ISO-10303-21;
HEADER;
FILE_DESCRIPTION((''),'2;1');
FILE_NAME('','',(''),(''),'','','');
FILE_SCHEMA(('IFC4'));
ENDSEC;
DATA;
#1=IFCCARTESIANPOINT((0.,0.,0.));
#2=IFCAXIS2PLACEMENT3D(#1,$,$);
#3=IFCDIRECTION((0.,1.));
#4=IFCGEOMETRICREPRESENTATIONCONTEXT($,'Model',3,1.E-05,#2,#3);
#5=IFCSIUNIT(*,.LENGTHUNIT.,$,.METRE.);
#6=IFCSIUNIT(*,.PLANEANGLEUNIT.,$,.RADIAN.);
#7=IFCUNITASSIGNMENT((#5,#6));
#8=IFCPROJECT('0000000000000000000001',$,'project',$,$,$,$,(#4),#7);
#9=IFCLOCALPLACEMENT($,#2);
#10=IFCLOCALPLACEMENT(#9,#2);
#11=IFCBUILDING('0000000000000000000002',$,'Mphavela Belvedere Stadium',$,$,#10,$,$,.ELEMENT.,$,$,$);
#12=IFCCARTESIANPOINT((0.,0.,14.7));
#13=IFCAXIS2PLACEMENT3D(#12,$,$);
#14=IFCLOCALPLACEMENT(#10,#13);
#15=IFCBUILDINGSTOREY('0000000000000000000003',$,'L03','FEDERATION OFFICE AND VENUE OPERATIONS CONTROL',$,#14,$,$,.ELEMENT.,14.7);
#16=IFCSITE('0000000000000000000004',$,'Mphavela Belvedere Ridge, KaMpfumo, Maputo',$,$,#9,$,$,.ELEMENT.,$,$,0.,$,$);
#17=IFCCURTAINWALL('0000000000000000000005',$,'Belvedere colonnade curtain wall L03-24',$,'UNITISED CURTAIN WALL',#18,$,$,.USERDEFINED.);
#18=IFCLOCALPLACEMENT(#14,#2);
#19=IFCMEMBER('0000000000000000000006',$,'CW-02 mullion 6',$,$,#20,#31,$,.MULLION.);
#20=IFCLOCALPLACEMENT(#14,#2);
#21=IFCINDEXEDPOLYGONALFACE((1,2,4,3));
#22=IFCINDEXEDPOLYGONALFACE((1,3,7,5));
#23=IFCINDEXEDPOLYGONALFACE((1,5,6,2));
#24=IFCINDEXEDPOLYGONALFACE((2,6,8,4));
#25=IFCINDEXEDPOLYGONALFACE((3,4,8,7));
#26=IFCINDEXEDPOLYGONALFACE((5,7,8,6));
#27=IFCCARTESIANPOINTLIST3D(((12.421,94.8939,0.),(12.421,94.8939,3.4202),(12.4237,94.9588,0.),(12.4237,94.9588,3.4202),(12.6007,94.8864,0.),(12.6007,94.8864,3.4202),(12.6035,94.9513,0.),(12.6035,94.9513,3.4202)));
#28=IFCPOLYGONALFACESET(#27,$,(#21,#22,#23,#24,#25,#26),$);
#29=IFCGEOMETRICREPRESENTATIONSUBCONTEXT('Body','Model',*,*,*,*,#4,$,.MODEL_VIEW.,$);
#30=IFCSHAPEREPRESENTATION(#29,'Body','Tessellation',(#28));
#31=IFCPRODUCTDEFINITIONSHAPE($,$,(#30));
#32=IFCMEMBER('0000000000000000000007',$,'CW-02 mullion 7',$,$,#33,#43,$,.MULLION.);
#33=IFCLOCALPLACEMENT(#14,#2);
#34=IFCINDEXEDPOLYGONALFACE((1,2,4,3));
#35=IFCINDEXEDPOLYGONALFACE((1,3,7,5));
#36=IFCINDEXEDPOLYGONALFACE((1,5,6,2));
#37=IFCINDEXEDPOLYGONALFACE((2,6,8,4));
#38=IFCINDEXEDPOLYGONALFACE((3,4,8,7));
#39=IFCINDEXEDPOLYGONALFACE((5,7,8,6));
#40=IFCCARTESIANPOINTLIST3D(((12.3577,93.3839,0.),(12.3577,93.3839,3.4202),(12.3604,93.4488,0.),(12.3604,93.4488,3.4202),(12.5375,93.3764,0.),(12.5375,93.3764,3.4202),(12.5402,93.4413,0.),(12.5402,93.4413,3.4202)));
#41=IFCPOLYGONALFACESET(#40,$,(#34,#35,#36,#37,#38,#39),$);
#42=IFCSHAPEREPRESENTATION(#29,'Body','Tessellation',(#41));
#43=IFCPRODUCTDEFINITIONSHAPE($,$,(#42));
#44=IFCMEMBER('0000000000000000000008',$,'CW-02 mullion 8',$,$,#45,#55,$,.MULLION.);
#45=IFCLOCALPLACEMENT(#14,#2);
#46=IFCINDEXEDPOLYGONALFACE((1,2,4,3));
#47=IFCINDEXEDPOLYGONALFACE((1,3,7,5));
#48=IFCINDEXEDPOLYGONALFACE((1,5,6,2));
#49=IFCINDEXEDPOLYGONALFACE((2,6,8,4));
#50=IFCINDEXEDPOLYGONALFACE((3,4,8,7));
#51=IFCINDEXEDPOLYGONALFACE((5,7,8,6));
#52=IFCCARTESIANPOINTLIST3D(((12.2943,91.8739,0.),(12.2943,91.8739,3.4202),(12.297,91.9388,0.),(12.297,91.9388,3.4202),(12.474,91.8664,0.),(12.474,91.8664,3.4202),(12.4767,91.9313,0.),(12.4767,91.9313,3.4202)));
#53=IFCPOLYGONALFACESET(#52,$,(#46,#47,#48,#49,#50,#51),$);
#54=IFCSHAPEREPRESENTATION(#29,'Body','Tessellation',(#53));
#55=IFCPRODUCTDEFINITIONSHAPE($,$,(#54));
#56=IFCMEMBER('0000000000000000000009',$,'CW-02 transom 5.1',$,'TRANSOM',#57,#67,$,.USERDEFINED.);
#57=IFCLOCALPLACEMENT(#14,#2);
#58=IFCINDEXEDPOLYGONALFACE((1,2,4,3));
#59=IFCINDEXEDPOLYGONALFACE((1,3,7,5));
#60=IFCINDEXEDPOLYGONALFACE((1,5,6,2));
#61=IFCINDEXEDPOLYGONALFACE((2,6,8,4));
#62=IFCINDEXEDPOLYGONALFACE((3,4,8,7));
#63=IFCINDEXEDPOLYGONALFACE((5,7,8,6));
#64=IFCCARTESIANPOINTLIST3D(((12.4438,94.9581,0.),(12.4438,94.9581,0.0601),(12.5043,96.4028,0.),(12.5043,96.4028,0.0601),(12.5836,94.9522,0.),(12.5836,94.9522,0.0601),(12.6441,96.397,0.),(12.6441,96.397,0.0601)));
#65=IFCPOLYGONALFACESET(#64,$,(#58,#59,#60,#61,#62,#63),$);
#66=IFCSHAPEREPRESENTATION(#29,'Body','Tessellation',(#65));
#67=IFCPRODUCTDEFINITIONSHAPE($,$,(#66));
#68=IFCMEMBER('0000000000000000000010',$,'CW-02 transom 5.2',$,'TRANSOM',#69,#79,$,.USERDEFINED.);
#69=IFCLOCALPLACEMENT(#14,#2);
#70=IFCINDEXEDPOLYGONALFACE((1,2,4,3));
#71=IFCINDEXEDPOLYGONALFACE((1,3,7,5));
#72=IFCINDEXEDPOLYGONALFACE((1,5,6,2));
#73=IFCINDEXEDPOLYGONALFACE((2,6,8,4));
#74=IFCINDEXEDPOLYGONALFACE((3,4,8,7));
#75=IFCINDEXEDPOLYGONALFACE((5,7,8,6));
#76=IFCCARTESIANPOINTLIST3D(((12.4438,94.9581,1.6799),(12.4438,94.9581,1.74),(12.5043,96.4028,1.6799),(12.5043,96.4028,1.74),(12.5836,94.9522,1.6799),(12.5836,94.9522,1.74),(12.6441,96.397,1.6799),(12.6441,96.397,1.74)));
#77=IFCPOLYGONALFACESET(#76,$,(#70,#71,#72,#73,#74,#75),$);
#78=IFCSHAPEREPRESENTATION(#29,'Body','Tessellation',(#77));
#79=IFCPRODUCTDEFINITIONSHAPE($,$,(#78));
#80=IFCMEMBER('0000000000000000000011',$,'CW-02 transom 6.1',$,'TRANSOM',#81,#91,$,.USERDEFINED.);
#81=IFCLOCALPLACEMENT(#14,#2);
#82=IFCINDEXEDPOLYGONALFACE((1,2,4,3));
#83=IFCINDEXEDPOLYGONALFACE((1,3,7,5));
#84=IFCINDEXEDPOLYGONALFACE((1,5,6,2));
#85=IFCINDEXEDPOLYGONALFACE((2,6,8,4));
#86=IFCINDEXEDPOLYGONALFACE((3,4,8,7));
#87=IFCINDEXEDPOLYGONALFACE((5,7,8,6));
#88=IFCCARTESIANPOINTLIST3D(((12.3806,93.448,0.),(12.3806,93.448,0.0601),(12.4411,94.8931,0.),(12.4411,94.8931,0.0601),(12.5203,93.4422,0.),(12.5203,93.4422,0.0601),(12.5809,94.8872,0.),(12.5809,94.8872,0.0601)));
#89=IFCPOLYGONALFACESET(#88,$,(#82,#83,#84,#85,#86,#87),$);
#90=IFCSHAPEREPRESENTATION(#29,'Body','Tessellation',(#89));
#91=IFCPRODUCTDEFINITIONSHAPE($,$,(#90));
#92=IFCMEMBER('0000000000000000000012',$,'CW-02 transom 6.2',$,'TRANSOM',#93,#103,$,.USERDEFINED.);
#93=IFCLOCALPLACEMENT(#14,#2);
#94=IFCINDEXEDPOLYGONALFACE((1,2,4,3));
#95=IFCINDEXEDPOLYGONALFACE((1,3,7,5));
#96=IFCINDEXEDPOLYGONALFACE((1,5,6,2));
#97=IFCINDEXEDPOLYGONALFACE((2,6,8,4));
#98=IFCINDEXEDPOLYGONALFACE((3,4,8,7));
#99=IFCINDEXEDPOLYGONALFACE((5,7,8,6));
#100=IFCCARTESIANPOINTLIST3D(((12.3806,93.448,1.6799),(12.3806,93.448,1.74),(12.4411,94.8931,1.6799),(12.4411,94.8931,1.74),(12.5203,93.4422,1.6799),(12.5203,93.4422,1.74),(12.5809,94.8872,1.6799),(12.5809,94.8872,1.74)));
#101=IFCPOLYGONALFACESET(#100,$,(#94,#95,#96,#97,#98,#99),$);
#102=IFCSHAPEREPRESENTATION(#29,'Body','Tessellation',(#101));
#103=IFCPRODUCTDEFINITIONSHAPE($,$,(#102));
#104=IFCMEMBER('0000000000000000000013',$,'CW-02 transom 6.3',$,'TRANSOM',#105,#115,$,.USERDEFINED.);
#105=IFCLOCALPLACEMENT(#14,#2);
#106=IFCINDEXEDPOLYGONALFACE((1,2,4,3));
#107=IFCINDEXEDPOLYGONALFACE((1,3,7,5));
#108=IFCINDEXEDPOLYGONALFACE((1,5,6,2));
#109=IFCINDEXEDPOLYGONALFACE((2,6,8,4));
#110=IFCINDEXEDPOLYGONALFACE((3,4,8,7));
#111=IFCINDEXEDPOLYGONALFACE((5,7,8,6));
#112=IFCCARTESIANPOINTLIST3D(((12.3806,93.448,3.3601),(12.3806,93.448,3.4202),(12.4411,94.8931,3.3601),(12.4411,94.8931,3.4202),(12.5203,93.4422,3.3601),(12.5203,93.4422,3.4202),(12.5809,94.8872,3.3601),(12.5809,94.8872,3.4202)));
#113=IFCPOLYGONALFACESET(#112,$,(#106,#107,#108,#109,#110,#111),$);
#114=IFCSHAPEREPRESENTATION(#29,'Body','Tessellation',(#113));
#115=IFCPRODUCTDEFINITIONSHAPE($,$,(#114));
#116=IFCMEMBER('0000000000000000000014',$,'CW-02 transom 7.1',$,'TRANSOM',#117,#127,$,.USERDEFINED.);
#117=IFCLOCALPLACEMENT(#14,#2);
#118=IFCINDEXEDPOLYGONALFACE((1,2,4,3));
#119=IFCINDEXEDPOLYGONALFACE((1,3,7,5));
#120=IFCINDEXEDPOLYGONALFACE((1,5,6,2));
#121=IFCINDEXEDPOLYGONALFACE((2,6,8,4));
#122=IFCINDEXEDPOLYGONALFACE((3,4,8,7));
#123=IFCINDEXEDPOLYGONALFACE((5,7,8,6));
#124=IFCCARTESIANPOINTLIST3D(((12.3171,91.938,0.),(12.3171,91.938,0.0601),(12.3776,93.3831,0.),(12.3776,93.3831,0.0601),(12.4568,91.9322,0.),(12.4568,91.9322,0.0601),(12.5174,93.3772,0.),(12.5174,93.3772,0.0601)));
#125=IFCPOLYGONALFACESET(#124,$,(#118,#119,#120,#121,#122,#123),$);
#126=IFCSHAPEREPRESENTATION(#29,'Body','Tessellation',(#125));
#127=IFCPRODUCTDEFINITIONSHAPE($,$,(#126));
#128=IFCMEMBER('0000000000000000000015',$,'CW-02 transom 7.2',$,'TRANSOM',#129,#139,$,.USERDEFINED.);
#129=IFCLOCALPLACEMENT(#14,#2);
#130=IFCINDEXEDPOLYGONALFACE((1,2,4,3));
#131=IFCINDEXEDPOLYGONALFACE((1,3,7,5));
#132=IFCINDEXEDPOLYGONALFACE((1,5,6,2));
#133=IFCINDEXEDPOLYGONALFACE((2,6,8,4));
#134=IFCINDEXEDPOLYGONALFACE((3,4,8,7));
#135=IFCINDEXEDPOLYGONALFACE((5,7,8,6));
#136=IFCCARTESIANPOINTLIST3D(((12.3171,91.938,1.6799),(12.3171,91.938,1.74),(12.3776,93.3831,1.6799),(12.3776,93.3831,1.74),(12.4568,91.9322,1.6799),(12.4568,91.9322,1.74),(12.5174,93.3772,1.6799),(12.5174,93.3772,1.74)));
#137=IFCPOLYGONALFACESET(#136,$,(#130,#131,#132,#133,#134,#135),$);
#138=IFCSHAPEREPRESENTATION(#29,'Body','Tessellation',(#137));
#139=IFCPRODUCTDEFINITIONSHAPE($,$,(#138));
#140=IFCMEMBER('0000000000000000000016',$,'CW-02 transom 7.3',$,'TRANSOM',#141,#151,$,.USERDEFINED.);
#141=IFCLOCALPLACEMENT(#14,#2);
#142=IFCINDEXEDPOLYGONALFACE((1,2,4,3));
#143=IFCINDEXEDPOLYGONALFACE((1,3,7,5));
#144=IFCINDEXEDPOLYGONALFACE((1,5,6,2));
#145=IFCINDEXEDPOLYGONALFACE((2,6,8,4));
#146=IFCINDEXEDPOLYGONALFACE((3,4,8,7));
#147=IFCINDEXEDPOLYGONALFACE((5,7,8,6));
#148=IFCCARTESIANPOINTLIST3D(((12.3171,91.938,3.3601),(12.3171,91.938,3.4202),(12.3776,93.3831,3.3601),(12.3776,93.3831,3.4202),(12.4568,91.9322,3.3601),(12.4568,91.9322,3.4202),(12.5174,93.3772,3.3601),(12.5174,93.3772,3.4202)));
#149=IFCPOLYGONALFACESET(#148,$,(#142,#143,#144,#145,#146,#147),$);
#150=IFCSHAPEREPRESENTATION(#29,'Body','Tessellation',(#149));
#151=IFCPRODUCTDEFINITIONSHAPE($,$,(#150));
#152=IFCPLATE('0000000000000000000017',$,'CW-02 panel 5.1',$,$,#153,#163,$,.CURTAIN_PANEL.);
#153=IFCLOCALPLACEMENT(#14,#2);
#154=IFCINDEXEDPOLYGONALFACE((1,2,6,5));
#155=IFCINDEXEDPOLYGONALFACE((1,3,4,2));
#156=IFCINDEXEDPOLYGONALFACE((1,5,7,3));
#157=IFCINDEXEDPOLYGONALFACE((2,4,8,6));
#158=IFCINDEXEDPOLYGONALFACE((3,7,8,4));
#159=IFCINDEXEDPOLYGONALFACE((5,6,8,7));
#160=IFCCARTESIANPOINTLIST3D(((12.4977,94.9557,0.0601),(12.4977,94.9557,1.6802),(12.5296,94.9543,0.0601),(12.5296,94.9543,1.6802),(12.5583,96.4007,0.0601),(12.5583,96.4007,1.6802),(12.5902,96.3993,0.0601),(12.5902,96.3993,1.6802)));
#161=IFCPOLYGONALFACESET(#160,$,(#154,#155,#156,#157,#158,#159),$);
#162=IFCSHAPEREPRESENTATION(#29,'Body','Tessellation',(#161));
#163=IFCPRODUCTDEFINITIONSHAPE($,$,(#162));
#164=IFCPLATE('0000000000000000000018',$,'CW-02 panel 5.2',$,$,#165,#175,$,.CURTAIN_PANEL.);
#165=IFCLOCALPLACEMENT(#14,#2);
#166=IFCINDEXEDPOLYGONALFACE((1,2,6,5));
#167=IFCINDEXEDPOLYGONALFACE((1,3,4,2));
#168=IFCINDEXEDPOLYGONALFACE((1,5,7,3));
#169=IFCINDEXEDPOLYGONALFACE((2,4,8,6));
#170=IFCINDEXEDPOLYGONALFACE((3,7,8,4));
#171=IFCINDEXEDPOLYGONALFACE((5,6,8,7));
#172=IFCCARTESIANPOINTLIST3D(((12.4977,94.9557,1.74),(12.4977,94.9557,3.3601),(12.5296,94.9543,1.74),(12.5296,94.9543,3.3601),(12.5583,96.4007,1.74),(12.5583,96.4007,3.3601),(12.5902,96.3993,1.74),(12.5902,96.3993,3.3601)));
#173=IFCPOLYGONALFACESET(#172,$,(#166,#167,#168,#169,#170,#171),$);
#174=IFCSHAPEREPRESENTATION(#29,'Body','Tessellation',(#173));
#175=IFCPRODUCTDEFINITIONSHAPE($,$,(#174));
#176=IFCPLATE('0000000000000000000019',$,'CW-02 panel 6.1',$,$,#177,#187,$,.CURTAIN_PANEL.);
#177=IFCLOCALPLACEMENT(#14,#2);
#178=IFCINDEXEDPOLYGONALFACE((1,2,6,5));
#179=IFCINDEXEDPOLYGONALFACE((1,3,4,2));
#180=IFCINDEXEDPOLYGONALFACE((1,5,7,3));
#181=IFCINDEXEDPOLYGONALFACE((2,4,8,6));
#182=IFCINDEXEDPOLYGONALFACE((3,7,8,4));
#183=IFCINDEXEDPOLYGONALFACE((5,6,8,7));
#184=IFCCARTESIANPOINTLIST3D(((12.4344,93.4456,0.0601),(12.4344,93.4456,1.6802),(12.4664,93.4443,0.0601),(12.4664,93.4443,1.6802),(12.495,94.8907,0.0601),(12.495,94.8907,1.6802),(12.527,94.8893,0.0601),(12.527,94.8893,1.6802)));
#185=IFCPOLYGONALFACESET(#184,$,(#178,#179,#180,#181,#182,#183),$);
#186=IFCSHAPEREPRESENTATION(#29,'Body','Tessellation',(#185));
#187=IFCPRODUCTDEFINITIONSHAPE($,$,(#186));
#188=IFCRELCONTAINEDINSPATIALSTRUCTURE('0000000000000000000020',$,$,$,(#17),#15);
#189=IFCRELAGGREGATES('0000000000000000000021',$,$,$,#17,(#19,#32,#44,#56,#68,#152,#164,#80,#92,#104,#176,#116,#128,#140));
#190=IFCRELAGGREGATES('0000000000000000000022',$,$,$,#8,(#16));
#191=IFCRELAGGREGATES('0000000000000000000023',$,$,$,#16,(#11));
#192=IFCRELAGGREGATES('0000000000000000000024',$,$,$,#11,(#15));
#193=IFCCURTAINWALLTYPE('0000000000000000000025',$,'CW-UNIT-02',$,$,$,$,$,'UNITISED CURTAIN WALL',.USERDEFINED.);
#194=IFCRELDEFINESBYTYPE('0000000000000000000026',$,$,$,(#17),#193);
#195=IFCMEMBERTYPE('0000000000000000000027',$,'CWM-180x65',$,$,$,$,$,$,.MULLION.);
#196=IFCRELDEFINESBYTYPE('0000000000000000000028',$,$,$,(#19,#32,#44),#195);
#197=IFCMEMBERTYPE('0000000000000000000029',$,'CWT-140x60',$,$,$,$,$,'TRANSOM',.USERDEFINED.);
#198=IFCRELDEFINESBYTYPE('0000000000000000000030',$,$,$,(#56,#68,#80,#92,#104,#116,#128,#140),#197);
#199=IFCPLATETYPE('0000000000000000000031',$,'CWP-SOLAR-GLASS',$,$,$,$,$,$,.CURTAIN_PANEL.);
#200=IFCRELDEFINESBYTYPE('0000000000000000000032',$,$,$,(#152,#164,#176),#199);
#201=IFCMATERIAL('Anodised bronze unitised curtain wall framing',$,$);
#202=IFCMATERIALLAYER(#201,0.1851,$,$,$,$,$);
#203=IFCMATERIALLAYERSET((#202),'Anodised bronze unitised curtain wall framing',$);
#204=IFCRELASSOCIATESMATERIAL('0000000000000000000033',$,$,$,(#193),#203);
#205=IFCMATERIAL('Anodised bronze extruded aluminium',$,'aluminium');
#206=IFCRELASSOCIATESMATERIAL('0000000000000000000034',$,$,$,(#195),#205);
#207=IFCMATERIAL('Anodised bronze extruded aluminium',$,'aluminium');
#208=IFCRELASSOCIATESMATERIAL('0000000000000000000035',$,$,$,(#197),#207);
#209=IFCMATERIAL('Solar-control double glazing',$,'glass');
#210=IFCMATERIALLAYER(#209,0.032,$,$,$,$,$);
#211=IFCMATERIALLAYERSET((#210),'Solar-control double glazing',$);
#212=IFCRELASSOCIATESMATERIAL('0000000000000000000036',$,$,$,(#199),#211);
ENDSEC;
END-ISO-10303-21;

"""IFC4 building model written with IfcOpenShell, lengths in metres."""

from ifc_helpers import new_model, si_unit, direction, frame, origin, origin_2d, place, context, subcontext, project, spatial, rectangle, extrude, material, layer, layer_set, material_profile, profile_set, type_object, element, aggregate, save


model = new_model("IFC4")

# Units and contexts
model_context = context("Model", 3, precision=1e-05, world=origin(), true_north=direction((0.0, 1.0)))
body_context = subcontext(model_context, "Body", "Model", "MODEL_VIEW")
ifc_project = project(units=[si_unit("LENGTHUNIT", "METRE"), si_unit("PLANEANGLEUNIT", "RADIAN")], contexts=[model_context])

# Site, building, storey
site_placement = place(None, origin())
site = spatial("IfcSite", under=ifc_project, at=site_placement, Name="Mphavela Belvedere Ridge, KaMpfumo, Maputo", CompositionType="ELEMENT", RefElevation=0.0)
building_placement = place(site_placement, origin())
building = spatial("IfcBuilding", under=site, at=building_placement, Name="Mphavela Belvedere Stadium", CompositionType="ELEMENT")
storey_placement = place(building_placement, frame((0.0, 0.0, 14.7)))
storey = spatial("IfcBuildingStorey", under=building, at=storey_placement, Name="L03", Description="FEDERATION OFFICE AND VENUE OPERATIONS CONTROL", CompositionType="ELEMENT", Elevation=14.7)

# Curtain wall, members, plates
ifc_material_1 = material(Name="Anodised bronze unitised curtain wall framing")
ifc_layer_1 = layer(ifc_material_1, 0.1851)
ifc_layer_set_1 = layer_set([ifc_layer_1], Name="Anodised bronze unitised curtain wall framing")
curtain_wall_type = type_object("IfcCurtainWallType", Name="CW-UNIT-02", ElementType="UNITISED CURTAIN WALL", PredefinedType="USERDEFINED", material=ifc_layer_set_1)
curtain_wall_placement = place(storey_placement, origin())
curtain_wall = element("IfcCurtainWall", 1, at=curtain_wall_placement, inside=storey, type_object=curtain_wall_type, Name="Belvedere colonnade curtain wall L03-24", ObjectType="UNITISED CURTAIN WALL", PredefinedType="USERDEFINED")
ifc_material_2 = material(Name="Anodised bronze extruded aluminium", Category="aluminium")
ifc_material_profile_1 = material_profile(ifc_material_2, rectangle(XDim=0.1799, YDim=0.0649, at=origin_2d()), Name="CW-MUL 180x65")
ifc_profile_set_1 = profile_set([ifc_material_profile_1], Name="Anodised bronze extruded aluminium")
member_type_1 = type_object("IfcMemberType", Name="CWM-180x65", PredefinedType="MULLION", material=ifc_profile_set_1)
member_1_placement = place(storey_placement, frame((12.5122, 94.9226, 0.0), z_axis=(0.0, 0.0, 1.0), x_axis=(0.999121, -0.041911, 0.0)))
member_1 = element("IfcMember", 2, at=member_1_placement, type_object=member_type_1, Name="CW-02 mullion 6", PredefinedType="MULLION", context=body_context, shape_type="SweptSolid", body=[
    extrude(rectangle(XDim=0.1799, YDim=0.0649, at=origin_2d()), origin(), (0.0, 0.0, 1.0), 3.4202),
])
member_2_placement = place(storey_placement, frame((12.449, 93.4126, 0.0), z_axis=(0.0, 0.0, 1.0), x_axis=(0.999121, -0.041911, 0.0)))
member_2 = element("IfcMember", 3, at=member_2_placement, type_object=member_type_1, Name="CW-02 mullion 7", PredefinedType="MULLION", context=body_context, shape_type="SweptSolid", body=[
    extrude(rectangle(XDim=0.1799, YDim=0.0649, at=origin_2d()), origin(), (0.0, 0.0, 1.0), 3.4202),
])
member_3_placement = place(storey_placement, frame((12.3855, 91.9026, 0.0), z_axis=(0.0, 0.0, 1.0), x_axis=(0.999121, -0.041911, 0.0)))
member_3 = element("IfcMember", 4, at=member_3_placement, type_object=member_type_1, Name="CW-02 mullion 8", PredefinedType="MULLION", context=body_context, shape_type="SweptSolid", body=[
    extrude(rectangle(XDim=0.1799, YDim=0.0649, at=origin_2d()), origin(), (0.0, 0.0, 1.0), 3.4202),
])
ifc_material_3 = material(Name="Anodised bronze extruded aluminium", Category="aluminium")
ifc_material_profile_2 = material_profile(ifc_material_3, rectangle(XDim=0.1399, YDim=0.0601, at=origin_2d()), Name="CW-TRN 140x60")
ifc_profile_set_2 = profile_set([ifc_material_profile_2], Name="Anodised bronze extruded aluminium")
member_type_2 = type_object("IfcMemberType", Name="CWT-140x60", ElementType="TRANSOM", PredefinedType="USERDEFINED", material=ifc_profile_set_2)
member_4_placement = place(storey_placement, frame((12.5742, 96.3999, 0.03), z_axis=(-0.041869, -0.999123, 0.0), x_axis=(0.999123, -0.041869, 0.0)))
member_4 = element("IfcMember", 5, at=member_4_placement, type_object=member_type_2, Name="CW-02 transom 5.1", ObjectType="TRANSOM", PredefinedType="USERDEFINED", context=body_context, shape_type="SweptSolid", body=[
    extrude(rectangle(XDim=0.1399, YDim=0.0601, at=origin_2d()), origin(), (0.0, 0.0, 1.0), 1.446),
])
member_5_placement = place(storey_placement, frame((12.5742, 96.3999, 1.71), z_axis=(-0.041869, -0.999123, 0.0), x_axis=(0.999123, -0.041869, 0.0)))
member_5 = element("IfcMember", 6, at=member_5_placement, type_object=member_type_2, Name="CW-02 transom 5.2", ObjectType="TRANSOM", PredefinedType="USERDEFINED", context=body_context, shape_type="SweptSolid", body=[
    extrude(rectangle(XDim=0.1399, YDim=0.0601, at=origin_2d()), origin(), (0.0, 0.0, 1.0), 1.446),
])
member_6_placement = place(storey_placement, frame((12.511, 94.8901, 0.03), z_axis=(-0.041862, -0.999123, 0.0), x_axis=(0.999123, -0.041862, 0.0)))
member_6 = element("IfcMember", 7, at=member_6_placement, type_object=member_type_2, Name="CW-02 transom 6.1", ObjectType="TRANSOM", PredefinedType="USERDEFINED", context=body_context, shape_type="SweptSolid", body=[
    extrude(rectangle(XDim=0.1399, YDim=0.0601, at=origin_2d()), origin(), (0.0, 0.0, 1.0), 1.4463),
])
member_7_placement = place(storey_placement, frame((12.511, 94.8901, 1.71), z_axis=(-0.041862, -0.999123, 0.0), x_axis=(0.999123, -0.041862, 0.0)))
member_7 = element("IfcMember", 8, at=member_7_placement, type_object=member_type_2, Name="CW-02 transom 6.2", ObjectType="TRANSOM", PredefinedType="USERDEFINED", context=body_context, shape_type="SweptSolid", body=[
    extrude(rectangle(XDim=0.1399, YDim=0.0601, at=origin_2d()), origin(), (0.0, 0.0, 1.0), 1.4463),
])
member_8_placement = place(storey_placement, frame((12.511, 94.8901, 3.3901), z_axis=(-0.041862, -0.999123, 0.0), x_axis=(0.999123, -0.041862, 0.0)))
member_8 = element("IfcMember", 9, at=member_8_placement, type_object=member_type_2, Name="CW-02 transom 6.3", ObjectType="TRANSOM", PredefinedType="USERDEFINED", context=body_context, shape_type="SweptSolid", body=[
    extrude(rectangle(XDim=0.1399, YDim=0.0601, at=origin_2d()), origin(), (0.0, 0.0, 1.0), 1.4463),
])
member_9_placement = place(storey_placement, frame((12.4475, 93.3801, 0.03), z_axis=(-0.041862, -0.999123, 0.0), x_axis=(0.999123, -0.041862, 0.0)))
member_9 = element("IfcMember", 10, at=member_9_placement, type_object=member_type_2, Name="CW-02 transom 7.1", ObjectType="TRANSOM", PredefinedType="USERDEFINED", context=body_context, shape_type="SweptSolid", body=[
    extrude(rectangle(XDim=0.1399, YDim=0.0601, at=origin_2d()), origin(), (0.0, 0.0, 1.0), 1.4463),
])
member_10_placement = place(storey_placement, frame((12.4475, 93.3801, 1.71), z_axis=(-0.041862, -0.999123, 0.0), x_axis=(0.999123, -0.041862, 0.0)))
member_10 = element("IfcMember", 11, at=member_10_placement, type_object=member_type_2, Name="CW-02 transom 7.2", ObjectType="TRANSOM", PredefinedType="USERDEFINED", context=body_context, shape_type="SweptSolid", body=[
    extrude(rectangle(XDim=0.1399, YDim=0.0601, at=origin_2d()), origin(), (0.0, 0.0, 1.0), 1.4463),
])
member_11_placement = place(storey_placement, frame((12.4475, 93.3801, 3.3901), z_axis=(-0.041862, -0.999123, 0.0), x_axis=(0.999123, -0.041862, 0.0)))
member_11 = element("IfcMember", 12, at=member_11_placement, type_object=member_type_2, Name="CW-02 transom 7.3", ObjectType="TRANSOM", PredefinedType="USERDEFINED", context=body_context, shape_type="SweptSolid", body=[
    extrude(rectangle(XDim=0.1399, YDim=0.0601, at=origin_2d()), origin(), (0.0, 0.0, 1.0), 1.4463),
])
ifc_material_4 = material(Name="Solar-control double glazing", Category="glass")
ifc_layer_2 = layer(ifc_material_4, 0.032)
ifc_layer_set_2 = layer_set([ifc_layer_2], Name="Solar-control double glazing")
plate_type = type_object("IfcPlateType", Name="CWP-SOLAR-GLASS", PredefinedType="CURTAIN_PANEL", material=ifc_layer_set_2)
plate_1_placement = place(storey_placement, frame((12.5439, 95.6775, 0.0601), z_axis=(0.0, 0.0, 1.0), x_axis=(-0.041911, -0.999121, 0.0)))
plate_1 = element("IfcPlate", 13, at=plate_1_placement, type_object=plate_type, Name="CW-02 panel 5.1", PredefinedType="CURTAIN_PANEL", context=body_context, shape_type="SweptSolid", body=[
    extrude(rectangle(XDim=1.4463, YDim=0.032, at=origin_2d()), origin(), (0.0, 0.0, 1.0), 1.6201),
])
plate_2_placement = place(storey_placement, frame((12.5439, 95.6775, 1.74), z_axis=(0.0, 0.0, 1.0), x_axis=(-0.041911, -0.999121, 0.0)))
plate_2 = element("IfcPlate", 14, at=plate_2_placement, type_object=plate_type, Name="CW-02 panel 5.2", PredefinedType="CURTAIN_PANEL", context=body_context, shape_type="SweptSolid", body=[
    extrude(rectangle(XDim=1.4463, YDim=0.032, at=origin_2d()), origin(), (0.0, 0.0, 1.0), 1.6201),
])
plate_3_placement = place(storey_placement, frame((12.4807, 94.1675, 0.0601), z_axis=(0.0, 0.0, 1.0), x_axis=(-0.041911, -0.999121, 0.0)))
plate_3 = element("IfcPlate", 15, at=plate_3_placement, type_object=plate_type, Name="CW-02 panel 6.1", PredefinedType="CURTAIN_PANEL", context=body_context, shape_type="SweptSolid", body=[
    extrude(rectangle(XDim=1.4463, YDim=0.032, at=origin_2d()), origin(), (0.0, 0.0, 1.0), 1.6201),
])
aggregate(curtain_wall, [member_1, member_2, member_3, member_4, member_5, plate_1, plate_2, member_6, member_7, member_8, plate_3, member_9, member_10, member_11])

save(model, "model.ifc")
